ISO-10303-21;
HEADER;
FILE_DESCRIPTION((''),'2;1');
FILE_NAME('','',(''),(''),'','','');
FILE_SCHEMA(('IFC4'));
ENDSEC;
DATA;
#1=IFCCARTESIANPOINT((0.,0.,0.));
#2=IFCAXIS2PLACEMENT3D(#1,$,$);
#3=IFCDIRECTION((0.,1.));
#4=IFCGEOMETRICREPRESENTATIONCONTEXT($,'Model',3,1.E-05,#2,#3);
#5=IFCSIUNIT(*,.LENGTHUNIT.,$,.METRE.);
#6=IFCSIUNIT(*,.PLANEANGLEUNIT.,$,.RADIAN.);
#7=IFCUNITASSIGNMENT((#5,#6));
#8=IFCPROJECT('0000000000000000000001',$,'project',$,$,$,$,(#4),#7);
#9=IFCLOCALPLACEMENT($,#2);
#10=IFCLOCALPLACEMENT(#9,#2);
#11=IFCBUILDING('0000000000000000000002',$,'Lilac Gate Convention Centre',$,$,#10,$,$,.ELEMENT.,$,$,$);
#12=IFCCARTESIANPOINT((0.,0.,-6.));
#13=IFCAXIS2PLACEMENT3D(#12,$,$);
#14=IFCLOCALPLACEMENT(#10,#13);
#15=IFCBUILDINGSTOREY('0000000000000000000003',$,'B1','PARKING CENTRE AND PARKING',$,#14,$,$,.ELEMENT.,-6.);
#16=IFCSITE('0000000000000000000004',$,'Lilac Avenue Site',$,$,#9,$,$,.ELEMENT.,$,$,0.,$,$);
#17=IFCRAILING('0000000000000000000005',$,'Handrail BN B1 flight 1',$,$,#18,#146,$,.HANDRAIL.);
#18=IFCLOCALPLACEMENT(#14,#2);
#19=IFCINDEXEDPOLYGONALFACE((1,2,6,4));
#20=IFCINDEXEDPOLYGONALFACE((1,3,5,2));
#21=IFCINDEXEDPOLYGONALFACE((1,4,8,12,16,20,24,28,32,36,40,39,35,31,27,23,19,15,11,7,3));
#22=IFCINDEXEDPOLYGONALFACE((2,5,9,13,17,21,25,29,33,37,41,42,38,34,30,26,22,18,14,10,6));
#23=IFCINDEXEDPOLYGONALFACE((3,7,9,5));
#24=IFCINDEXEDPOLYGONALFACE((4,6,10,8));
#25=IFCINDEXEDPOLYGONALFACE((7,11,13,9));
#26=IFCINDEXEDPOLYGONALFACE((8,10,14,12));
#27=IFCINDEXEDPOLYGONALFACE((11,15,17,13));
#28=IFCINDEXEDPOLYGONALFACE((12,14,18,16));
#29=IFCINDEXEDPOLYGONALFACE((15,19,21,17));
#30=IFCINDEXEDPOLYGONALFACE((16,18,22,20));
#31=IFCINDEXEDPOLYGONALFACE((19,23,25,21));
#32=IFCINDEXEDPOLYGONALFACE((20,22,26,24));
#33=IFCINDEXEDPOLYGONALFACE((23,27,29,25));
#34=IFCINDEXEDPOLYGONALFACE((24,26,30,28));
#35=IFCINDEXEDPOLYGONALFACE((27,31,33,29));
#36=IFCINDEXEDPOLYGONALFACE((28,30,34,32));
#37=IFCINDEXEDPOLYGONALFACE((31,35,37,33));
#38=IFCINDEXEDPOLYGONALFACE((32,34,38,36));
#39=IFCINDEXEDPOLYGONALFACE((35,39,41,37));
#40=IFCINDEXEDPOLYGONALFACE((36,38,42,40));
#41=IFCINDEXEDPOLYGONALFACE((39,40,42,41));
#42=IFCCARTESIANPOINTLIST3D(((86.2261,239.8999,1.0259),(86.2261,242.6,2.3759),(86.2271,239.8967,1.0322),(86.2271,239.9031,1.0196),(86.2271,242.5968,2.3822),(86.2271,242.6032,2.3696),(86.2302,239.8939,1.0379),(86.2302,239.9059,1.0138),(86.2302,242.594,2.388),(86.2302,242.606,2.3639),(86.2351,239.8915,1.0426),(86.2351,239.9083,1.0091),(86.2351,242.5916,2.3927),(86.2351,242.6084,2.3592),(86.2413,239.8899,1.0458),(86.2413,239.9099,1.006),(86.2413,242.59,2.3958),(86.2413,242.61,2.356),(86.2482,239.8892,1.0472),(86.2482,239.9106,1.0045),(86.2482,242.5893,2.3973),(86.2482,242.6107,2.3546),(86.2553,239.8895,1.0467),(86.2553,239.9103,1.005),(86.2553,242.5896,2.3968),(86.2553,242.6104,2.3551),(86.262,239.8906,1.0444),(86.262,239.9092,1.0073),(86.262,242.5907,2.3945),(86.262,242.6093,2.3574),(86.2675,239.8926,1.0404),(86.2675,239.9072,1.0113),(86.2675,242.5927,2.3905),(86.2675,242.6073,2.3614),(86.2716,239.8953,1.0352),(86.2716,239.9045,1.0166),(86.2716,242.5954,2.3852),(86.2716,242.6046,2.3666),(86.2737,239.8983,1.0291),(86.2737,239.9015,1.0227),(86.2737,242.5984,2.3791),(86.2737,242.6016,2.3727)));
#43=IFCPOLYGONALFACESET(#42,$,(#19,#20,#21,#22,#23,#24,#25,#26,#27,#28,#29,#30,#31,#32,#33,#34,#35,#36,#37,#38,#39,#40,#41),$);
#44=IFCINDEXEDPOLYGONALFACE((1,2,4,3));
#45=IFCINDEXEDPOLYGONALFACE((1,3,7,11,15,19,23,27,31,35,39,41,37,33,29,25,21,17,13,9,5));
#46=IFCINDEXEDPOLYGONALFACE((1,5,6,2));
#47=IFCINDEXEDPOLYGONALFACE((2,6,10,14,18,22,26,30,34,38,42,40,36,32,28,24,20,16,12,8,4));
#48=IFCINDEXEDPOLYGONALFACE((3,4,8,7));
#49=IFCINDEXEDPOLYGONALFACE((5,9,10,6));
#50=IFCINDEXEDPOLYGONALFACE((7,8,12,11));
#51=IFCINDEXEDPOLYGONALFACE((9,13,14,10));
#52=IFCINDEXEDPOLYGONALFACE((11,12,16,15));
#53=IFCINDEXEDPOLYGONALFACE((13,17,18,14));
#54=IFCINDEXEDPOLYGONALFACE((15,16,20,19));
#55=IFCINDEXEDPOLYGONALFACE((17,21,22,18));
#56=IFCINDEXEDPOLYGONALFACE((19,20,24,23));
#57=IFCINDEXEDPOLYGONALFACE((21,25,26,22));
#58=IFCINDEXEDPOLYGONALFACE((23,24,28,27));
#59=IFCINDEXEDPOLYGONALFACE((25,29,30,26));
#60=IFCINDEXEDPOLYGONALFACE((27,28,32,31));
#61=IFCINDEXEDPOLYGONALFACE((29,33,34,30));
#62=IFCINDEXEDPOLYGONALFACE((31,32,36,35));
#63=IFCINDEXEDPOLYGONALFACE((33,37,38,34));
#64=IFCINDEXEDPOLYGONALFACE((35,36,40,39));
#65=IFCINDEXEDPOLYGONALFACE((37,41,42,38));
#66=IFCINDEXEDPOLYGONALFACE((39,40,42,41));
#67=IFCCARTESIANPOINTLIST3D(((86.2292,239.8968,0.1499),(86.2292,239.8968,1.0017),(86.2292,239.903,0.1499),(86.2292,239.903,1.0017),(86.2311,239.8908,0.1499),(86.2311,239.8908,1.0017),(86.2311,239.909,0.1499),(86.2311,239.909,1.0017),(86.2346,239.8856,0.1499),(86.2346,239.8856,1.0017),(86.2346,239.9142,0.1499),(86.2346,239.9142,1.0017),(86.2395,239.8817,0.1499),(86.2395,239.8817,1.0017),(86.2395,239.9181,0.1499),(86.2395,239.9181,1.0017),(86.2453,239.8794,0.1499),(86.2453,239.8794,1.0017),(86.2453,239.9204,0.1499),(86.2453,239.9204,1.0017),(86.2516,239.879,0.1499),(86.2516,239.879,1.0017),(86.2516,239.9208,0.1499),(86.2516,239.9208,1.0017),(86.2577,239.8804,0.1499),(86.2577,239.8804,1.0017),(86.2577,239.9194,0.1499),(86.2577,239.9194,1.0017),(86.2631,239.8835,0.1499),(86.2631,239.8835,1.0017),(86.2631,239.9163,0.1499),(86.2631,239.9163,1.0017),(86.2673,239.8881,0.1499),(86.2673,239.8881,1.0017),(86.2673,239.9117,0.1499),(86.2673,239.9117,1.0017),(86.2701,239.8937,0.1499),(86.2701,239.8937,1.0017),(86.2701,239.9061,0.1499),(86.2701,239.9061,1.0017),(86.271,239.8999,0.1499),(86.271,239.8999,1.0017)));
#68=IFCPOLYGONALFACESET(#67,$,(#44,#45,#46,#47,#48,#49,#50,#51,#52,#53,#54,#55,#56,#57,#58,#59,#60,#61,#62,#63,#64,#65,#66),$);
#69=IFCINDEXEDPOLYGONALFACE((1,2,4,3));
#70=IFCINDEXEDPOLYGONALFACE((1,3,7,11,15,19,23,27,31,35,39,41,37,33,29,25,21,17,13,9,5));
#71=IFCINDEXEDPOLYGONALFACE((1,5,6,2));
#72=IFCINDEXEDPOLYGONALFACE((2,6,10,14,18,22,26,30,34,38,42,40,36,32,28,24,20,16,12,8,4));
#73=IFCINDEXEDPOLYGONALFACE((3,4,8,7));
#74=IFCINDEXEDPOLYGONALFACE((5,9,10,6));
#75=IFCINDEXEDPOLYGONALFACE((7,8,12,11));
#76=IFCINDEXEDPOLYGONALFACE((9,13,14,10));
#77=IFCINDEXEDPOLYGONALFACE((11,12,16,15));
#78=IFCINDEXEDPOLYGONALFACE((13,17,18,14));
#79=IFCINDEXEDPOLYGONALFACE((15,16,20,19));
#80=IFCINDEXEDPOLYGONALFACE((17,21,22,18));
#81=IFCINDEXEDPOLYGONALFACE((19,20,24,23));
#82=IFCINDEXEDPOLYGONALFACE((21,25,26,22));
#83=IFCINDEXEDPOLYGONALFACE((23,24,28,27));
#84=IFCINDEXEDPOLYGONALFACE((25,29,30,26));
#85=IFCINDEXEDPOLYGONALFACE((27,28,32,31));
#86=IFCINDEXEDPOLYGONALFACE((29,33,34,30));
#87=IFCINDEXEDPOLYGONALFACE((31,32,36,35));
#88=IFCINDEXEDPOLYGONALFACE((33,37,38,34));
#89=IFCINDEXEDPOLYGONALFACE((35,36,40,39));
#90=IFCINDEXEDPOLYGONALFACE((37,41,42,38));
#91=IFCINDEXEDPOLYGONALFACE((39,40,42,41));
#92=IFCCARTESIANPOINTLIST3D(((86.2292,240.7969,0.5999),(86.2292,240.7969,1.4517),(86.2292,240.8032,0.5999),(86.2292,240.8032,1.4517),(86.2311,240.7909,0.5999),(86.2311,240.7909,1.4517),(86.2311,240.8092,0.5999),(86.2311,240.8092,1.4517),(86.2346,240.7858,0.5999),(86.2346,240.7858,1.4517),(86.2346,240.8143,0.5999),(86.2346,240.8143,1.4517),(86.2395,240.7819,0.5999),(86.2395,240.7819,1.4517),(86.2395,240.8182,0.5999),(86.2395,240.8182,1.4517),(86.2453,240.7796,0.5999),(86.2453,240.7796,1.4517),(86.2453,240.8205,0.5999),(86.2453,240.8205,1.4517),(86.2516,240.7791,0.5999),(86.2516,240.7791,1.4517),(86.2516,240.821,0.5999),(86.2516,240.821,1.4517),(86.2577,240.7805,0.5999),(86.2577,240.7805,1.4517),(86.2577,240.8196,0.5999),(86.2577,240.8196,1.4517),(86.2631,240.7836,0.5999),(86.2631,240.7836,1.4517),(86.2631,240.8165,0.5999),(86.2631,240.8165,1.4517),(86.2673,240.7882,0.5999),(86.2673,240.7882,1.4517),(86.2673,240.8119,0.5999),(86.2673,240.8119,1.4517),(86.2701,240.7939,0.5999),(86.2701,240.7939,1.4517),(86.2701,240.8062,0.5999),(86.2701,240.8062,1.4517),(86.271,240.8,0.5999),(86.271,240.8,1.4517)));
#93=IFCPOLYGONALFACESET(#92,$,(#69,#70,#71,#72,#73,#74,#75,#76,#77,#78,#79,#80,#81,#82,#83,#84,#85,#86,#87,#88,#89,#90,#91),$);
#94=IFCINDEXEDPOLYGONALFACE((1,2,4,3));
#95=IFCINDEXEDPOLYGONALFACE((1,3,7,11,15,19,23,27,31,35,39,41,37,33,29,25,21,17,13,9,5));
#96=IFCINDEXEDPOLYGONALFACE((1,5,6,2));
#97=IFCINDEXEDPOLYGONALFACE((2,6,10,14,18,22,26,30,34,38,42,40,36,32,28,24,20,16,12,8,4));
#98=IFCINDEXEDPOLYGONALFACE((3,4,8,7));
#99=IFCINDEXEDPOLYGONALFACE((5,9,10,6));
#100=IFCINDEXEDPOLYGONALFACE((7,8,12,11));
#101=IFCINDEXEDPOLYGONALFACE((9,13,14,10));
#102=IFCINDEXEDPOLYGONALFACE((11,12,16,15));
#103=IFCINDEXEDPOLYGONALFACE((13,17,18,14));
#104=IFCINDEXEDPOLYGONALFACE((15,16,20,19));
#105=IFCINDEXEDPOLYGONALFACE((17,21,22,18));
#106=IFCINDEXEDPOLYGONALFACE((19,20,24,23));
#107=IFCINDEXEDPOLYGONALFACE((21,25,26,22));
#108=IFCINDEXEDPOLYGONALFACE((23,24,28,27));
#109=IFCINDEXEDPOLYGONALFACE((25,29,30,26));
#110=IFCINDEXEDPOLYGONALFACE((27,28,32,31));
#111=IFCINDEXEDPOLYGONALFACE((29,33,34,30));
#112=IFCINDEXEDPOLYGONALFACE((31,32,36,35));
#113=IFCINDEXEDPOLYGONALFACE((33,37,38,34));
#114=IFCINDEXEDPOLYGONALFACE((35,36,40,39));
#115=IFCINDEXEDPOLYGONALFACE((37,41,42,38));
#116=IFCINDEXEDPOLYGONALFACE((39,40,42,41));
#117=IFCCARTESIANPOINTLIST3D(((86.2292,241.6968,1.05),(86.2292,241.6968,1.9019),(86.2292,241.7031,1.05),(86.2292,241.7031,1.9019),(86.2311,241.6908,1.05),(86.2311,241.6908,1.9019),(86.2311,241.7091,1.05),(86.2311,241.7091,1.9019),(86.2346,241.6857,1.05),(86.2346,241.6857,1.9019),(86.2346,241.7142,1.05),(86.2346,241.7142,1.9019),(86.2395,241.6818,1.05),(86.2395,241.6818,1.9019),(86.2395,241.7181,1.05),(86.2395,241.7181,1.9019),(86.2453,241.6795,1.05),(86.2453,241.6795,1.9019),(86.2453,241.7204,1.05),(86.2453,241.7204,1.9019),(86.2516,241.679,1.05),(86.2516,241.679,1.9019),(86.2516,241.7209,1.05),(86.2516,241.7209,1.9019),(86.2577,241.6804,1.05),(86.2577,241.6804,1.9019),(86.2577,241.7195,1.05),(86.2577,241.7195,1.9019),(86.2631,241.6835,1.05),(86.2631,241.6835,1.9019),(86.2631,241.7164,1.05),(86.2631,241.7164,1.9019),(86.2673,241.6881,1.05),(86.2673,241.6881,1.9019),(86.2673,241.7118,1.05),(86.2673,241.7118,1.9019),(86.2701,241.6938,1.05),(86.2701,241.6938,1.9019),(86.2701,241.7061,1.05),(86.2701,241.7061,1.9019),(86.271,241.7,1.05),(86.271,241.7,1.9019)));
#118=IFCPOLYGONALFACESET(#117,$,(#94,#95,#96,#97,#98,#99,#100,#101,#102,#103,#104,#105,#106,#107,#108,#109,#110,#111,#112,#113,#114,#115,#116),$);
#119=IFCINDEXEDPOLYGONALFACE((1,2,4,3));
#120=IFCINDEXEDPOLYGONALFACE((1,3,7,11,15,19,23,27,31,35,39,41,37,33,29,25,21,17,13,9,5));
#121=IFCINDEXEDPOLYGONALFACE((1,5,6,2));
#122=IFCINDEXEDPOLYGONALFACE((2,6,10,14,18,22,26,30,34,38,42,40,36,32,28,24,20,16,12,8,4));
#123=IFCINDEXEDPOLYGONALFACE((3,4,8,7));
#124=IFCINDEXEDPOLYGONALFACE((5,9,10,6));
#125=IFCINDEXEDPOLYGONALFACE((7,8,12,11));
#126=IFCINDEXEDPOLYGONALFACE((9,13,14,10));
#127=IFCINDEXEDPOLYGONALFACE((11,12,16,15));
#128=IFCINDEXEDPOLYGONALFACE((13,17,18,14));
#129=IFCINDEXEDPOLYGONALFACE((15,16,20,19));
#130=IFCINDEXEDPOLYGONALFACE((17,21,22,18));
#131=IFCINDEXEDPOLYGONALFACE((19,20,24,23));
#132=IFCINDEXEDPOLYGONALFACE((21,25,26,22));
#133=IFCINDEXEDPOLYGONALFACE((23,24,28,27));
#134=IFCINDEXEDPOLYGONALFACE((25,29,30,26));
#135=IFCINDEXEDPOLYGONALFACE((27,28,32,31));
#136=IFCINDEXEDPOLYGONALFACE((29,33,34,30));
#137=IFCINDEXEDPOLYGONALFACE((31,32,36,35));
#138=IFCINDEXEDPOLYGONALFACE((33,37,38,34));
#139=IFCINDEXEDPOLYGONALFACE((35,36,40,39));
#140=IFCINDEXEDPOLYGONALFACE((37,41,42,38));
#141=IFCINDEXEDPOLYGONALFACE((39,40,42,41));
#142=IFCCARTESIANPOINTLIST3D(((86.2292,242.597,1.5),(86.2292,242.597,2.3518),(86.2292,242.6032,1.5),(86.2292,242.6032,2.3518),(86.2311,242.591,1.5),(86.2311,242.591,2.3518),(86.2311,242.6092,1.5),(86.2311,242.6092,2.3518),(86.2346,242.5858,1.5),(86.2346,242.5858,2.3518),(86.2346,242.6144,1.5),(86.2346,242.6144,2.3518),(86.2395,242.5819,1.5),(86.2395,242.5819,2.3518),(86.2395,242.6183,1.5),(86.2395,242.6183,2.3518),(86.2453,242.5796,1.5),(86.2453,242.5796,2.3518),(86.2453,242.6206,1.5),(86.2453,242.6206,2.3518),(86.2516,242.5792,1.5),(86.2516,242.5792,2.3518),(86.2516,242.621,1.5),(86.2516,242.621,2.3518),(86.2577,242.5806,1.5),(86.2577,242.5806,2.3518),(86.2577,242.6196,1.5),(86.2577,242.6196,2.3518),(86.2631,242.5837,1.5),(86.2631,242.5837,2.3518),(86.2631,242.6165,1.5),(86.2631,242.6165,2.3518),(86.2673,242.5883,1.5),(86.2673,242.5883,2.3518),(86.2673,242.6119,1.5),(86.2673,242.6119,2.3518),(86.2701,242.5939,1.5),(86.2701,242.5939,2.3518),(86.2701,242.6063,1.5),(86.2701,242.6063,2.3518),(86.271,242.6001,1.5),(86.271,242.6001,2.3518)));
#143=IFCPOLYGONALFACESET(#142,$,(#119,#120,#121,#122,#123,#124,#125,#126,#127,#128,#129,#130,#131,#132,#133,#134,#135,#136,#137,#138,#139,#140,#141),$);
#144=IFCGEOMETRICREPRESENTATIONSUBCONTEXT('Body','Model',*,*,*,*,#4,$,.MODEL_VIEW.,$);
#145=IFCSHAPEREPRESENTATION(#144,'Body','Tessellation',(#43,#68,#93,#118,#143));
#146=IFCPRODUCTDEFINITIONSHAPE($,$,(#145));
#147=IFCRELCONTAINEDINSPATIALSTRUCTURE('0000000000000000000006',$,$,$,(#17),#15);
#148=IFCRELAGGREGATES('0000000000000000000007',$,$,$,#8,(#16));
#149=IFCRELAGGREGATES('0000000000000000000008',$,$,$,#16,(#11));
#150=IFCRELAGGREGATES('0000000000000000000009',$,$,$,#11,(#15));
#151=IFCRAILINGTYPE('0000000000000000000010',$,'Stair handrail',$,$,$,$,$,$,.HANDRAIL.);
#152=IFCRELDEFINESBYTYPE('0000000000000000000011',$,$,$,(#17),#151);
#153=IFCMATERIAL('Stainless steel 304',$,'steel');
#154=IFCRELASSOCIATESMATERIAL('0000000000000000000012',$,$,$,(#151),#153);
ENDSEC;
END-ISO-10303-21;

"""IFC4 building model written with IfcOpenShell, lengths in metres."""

from ifc_helpers import new_model, si_unit, direction, frame, origin, origin_2d, place, context, subcontext, project, spatial, circle, extrude, material, type_object, element, save


model = new_model("IFC4")

# Units and contexts
model_context = context("Model", 3, precision=1e-05, world=origin(), true_north=direction((0.0, 1.0)))
body_context = subcontext(model_context, "Body", "Model", "MODEL_VIEW")
ifc_project = project(units=[si_unit("LENGTHUNIT", "METRE"), si_unit("PLANEANGLEUNIT", "RADIAN")], contexts=[model_context])

# Site, building, storey
site_placement = place(None, origin())
site = spatial("IfcSite", under=ifc_project, at=site_placement, Name="Lilac Avenue Site", CompositionType="ELEMENT", RefElevation=0.0)
building_placement = place(site_placement, origin())
building = spatial("IfcBuilding", under=site, at=building_placement, Name="Lilac Gate Convention Centre", CompositionType="ELEMENT")
storey_placement = place(building_placement, frame((0.0, 0.0, -6.0)))
storey = spatial("IfcBuildingStorey", under=building, at=storey_placement, Name="B1", Description="PARKING CENTRE AND PARKING", CompositionType="ELEMENT", Elevation=-6.0)

# Railing
ifc_material_1 = material(Name="Stainless steel 304", Category="steel")
railing_type_1 = type_object("IfcRailingType", Name="Stair handrail", PredefinedType="HANDRAIL", material=ifc_material_1)
for number, where, name in (
    (1, (86.25, 239.8999, 0.1499), "Handrail BN B1 flight 1"),
):
    element("IfcRailing", number, at=place(storey_placement, frame(where)), inside=storey, type_object=railing_type_1, Name=name, PredefinedType="HANDRAIL", context=body_context, shape_type="SweptSolid", body=[
        extrude(circle(Radius=0.0239, at=origin_2d()), frame((0.0, 0.0, 0.876), z_axis=(0.0, 0.894427, 0.447214), x_axis=(-1.0, 0.0, 0.0)), (0.0, 0.0, 1.0), 3.0188),
        extrude(circle(Radius=0.021, at=origin_2d()), origin(), (0.0, 0.0, 1.0), 0.8518),
        extrude(circle(Radius=0.021, at=origin_2d()), frame((0.0, 0.9001, 0.45)), (0.0, 0.0, 1.0), 0.8518),
        extrude(circle(Radius=0.021, at=origin_2d()), frame((0.0, 1.8, 0.9001)), (0.0, 0.0, 1.0), 0.8518),
        extrude(circle(Radius=0.021, at=origin_2d()), frame((0.0, 2.7002, 1.3501)), (0.0, 0.0, 1.0), 0.8518),
    ])

save(model, "model.ifc")
